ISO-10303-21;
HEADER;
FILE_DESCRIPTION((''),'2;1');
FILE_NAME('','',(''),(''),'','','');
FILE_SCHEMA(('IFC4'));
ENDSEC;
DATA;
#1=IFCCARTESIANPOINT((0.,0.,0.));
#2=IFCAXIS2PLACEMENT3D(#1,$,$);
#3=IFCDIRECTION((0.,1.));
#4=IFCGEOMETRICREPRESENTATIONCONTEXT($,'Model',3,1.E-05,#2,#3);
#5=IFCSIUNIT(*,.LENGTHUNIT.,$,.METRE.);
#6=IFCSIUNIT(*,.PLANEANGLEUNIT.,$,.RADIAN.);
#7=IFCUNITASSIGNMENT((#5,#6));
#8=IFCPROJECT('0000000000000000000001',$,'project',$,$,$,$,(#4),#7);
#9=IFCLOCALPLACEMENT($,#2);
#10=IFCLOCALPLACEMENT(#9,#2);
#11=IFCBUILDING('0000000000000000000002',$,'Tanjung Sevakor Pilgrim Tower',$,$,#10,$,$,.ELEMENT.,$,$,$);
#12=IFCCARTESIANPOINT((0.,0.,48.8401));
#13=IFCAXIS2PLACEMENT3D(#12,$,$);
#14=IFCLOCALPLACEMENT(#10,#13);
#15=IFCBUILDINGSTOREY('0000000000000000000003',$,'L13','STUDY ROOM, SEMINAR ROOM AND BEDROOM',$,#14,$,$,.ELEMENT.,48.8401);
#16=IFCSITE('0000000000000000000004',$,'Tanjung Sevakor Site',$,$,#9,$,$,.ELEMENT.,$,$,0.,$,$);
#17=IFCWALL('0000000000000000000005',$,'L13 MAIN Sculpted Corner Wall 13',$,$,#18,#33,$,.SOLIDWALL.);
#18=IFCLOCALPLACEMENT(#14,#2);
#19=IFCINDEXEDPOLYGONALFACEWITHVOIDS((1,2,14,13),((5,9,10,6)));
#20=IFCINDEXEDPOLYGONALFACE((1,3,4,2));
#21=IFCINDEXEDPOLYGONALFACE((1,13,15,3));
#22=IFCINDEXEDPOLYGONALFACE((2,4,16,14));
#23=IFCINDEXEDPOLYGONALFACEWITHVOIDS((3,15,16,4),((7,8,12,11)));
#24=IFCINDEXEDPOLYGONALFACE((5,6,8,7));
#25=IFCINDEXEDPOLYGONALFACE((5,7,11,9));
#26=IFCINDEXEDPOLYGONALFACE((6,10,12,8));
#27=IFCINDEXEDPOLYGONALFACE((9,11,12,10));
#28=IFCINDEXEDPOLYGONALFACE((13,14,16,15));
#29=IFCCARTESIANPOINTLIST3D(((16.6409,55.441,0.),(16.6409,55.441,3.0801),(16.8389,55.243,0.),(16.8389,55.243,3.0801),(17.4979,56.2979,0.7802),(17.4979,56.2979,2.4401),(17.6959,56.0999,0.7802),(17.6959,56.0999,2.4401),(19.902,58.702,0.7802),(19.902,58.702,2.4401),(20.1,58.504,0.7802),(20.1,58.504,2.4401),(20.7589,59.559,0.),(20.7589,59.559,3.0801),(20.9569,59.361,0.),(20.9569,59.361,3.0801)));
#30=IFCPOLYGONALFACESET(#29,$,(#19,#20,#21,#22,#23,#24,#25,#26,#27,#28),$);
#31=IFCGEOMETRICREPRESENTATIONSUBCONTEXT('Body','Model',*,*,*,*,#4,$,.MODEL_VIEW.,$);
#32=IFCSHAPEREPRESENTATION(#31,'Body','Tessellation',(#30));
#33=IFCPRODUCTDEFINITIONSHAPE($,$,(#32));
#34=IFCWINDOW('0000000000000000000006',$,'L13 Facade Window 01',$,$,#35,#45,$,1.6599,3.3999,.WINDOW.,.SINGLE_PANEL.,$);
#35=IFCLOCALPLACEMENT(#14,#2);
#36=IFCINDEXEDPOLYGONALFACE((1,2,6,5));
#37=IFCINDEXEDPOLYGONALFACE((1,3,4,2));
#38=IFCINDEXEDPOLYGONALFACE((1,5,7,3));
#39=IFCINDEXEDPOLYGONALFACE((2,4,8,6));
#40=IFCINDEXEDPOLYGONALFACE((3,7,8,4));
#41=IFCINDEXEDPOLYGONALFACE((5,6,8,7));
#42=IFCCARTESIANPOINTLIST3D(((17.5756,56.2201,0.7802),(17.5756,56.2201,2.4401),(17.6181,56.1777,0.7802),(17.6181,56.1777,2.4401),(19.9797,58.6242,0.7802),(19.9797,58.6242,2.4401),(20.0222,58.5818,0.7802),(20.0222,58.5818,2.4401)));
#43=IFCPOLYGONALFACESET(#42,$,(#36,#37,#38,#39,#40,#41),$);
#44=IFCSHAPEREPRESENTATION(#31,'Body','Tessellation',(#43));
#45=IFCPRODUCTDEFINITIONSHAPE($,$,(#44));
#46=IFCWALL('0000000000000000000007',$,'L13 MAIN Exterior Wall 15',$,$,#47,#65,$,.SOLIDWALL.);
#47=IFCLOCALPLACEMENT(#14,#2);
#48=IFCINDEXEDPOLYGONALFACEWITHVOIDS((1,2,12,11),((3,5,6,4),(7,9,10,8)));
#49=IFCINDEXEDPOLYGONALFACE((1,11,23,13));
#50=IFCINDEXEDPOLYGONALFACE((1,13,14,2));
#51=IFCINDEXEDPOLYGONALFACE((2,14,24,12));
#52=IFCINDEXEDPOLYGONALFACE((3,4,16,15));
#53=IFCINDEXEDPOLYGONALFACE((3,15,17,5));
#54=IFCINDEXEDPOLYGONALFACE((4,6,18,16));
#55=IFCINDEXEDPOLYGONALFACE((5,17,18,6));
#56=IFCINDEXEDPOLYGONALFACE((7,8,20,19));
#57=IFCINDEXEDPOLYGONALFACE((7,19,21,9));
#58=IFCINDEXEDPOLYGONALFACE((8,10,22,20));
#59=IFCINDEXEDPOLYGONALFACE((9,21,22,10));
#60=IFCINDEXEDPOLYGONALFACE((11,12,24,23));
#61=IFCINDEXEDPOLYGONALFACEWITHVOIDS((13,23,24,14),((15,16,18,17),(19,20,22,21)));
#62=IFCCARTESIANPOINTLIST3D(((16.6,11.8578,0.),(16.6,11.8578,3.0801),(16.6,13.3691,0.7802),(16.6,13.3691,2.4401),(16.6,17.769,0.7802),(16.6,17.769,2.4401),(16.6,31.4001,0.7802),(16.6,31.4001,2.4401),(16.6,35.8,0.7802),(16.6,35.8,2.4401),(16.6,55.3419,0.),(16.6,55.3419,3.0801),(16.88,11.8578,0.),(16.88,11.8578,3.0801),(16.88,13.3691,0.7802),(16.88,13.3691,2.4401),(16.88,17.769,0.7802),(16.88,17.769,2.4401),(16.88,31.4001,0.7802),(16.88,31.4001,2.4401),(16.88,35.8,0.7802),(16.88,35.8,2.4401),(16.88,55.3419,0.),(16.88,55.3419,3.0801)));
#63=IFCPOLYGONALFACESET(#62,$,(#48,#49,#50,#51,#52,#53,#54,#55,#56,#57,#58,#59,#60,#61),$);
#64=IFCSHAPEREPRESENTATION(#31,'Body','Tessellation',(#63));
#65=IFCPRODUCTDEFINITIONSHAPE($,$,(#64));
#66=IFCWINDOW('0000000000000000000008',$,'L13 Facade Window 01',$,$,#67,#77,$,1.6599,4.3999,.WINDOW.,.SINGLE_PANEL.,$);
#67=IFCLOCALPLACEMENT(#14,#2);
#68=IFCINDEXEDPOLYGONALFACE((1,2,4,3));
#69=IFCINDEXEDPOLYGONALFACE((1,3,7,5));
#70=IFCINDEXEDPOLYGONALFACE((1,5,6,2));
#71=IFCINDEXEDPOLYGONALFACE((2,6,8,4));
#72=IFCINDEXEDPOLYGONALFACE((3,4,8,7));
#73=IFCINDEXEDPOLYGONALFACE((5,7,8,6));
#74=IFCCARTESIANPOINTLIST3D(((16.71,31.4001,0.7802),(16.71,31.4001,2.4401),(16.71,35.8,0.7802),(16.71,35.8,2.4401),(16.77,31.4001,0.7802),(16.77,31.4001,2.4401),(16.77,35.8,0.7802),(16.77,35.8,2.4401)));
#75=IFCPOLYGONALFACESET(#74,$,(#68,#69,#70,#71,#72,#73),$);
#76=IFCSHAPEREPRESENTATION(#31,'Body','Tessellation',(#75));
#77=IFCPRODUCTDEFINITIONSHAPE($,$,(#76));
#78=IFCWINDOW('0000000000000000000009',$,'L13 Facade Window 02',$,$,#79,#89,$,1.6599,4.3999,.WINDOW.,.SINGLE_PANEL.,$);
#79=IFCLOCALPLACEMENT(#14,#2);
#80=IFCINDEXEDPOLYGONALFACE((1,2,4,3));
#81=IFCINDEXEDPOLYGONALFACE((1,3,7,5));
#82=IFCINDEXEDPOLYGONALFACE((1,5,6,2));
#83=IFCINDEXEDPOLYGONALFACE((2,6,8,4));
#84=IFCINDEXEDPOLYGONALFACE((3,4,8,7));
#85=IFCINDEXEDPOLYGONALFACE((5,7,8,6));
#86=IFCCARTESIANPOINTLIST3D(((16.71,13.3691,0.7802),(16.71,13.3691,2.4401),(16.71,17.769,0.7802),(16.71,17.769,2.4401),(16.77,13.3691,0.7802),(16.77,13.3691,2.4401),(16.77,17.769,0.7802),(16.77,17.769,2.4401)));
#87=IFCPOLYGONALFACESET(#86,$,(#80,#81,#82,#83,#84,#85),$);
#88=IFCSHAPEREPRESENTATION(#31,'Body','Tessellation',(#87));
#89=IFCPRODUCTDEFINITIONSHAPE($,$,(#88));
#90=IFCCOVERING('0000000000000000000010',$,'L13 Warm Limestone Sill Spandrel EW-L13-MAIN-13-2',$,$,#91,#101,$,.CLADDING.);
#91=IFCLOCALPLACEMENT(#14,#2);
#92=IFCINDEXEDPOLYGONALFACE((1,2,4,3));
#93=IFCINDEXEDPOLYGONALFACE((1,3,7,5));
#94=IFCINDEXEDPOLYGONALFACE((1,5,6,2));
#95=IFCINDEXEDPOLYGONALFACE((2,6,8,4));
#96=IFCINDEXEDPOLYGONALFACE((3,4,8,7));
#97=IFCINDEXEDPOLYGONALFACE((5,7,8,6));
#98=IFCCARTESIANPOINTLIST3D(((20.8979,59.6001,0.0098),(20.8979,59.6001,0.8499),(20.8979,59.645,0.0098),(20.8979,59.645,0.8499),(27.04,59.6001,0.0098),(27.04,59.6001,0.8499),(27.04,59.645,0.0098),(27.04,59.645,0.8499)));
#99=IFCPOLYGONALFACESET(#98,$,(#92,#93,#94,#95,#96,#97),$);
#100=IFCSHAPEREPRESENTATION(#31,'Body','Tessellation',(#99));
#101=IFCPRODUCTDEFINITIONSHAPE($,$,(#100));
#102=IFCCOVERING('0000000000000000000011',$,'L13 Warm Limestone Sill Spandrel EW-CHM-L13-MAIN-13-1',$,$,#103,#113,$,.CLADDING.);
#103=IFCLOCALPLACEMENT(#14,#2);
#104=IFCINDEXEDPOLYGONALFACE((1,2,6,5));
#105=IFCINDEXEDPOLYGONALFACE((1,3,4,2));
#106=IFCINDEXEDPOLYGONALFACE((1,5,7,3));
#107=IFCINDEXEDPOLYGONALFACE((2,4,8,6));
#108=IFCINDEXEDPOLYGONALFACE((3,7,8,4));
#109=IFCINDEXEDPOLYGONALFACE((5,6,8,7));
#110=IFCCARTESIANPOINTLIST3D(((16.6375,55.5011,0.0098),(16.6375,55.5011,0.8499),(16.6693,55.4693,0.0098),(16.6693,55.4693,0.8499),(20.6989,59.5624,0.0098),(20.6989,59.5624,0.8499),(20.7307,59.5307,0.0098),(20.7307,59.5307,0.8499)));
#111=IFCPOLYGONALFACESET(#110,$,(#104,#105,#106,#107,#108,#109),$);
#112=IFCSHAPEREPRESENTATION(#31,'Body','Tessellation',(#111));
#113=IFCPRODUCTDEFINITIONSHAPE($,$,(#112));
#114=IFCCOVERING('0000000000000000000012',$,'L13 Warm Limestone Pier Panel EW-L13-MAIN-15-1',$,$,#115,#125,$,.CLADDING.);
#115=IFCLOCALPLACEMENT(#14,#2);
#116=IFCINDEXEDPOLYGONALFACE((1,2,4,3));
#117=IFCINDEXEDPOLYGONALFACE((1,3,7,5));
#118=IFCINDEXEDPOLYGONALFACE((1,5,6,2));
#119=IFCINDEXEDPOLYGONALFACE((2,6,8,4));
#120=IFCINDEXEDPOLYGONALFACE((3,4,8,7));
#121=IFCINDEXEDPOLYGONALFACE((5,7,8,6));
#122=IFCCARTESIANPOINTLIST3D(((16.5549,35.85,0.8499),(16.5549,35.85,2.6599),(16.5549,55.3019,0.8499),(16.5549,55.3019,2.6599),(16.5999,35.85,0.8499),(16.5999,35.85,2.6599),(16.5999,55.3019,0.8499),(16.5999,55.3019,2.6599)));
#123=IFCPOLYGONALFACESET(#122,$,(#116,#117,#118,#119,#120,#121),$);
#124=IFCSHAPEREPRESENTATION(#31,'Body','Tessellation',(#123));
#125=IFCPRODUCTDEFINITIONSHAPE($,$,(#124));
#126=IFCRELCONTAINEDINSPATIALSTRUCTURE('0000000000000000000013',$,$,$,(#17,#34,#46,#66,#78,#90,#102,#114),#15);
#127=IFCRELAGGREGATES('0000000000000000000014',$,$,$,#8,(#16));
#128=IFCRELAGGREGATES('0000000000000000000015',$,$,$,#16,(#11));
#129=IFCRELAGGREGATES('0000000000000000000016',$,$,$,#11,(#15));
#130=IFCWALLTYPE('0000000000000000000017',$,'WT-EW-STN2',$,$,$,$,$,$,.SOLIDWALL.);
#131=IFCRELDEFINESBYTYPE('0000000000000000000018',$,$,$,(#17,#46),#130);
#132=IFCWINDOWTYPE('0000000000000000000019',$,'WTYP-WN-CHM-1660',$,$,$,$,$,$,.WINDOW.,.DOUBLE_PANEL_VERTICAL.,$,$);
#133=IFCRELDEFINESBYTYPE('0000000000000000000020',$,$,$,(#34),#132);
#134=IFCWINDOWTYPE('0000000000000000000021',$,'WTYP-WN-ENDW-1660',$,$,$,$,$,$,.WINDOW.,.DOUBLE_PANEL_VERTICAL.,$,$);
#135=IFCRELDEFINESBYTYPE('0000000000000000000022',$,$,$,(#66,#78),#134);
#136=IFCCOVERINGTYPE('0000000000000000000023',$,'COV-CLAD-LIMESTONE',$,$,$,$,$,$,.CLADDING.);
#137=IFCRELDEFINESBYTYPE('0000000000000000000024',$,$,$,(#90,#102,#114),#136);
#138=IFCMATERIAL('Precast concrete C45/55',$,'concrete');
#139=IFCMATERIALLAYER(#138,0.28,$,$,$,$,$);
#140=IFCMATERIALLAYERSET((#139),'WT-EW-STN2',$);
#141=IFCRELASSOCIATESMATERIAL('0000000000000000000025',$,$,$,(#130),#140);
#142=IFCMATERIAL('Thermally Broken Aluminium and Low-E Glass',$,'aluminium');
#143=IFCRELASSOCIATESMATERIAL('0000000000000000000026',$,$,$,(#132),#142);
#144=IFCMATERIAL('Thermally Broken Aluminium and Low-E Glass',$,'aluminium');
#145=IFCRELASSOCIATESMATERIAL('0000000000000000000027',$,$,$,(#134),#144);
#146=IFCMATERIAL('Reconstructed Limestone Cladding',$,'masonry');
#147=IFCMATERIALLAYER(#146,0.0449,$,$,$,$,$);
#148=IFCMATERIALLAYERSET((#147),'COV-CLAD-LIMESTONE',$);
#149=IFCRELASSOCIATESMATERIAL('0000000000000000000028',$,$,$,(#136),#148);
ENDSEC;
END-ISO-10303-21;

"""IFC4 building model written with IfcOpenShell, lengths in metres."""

from ifc_helpers import new_model, si_unit, direction, frame, frame_2d, origin, origin_2d, place, context, subcontext, project, spatial, rectangle, extrude, material, layer, layer_set, type_object, element, fill, save


model = new_model("IFC4")

# Units and contexts
model_context = context("Model", 3, precision=1e-05, world=origin(), true_north=direction((0.0, 1.0)))
body_context = subcontext(model_context, "Body", "Model", "MODEL_VIEW")
ifc_project = project(units=[si_unit("LENGTHUNIT", "METRE"), si_unit("PLANEANGLEUNIT", "RADIAN")], contexts=[model_context])

# Site, building, storey
site_placement = place(None, origin())
site = spatial("IfcSite", under=ifc_project, at=site_placement, Name="Tanjung Sevakor Site", CompositionType="ELEMENT", RefElevation=0.0)
building_placement = place(site_placement, origin())
building = spatial("IfcBuilding", under=site, at=building_placement, Name="Tanjung Sevakor Pilgrim Tower", CompositionType="ELEMENT")
storey_placement = place(building_placement, frame((0.0, 0.0, 48.8401)))
storey = spatial("IfcBuildingStorey", under=building, at=storey_placement, Name="L13", Description="STUDY ROOM, SEMINAR ROOM AND BEDROOM", CompositionType="ELEMENT", Elevation=48.8401)

# Wall, opening, window
ifc_material_1 = material(Name="Precast concrete C45/55", Category="concrete")
ifc_layer_1 = layer(ifc_material_1, 0.28)
ifc_layer_set_1 = layer_set([ifc_layer_1], Name="WT-EW-STN2")
wall_type_1 = type_object("IfcWallType", Name="WT-EW-STN2", PredefinedType="SOLIDWALL", material=ifc_layer_set_1)
wall_1_placement = place(storey_placement, frame((20.8579, 59.46, 0.0), z_axis=(0.0, 0.0, 1.0), x_axis=(-0.707107, -0.707107, 0.0)))
wall_1 = element("IfcWall", 1, at=wall_1_placement, inside=storey, type_object=wall_type_1, Name="L13 MAIN Sculpted Corner Wall 13", PredefinedType="SOLIDWALL", context=body_context, shape_type="SweptSolid", body=[
    extrude(rectangle(XDim=5.8237, YDim=0.28, at=frame_2d((2.9119, 0.0))), origin(), (0.0, 0.0, 1.0), 3.0801),
])
opening_1_placement = place(wall_1_placement, frame((1.2119, 0.0, 0.78)))
opening_1 = element("IfcOpeningElement", 2, at=opening_1_placement, cuts=wall_1, PredefinedType="OPENING", context=body_context, shape_type="SweptSolid", body=[
    extrude(rectangle(XDim=3.3999, YDim=1.6599, at=frame_2d((1.7, 0.8301))), frame((0.0, 0.1499, 0.0), z_axis=(0.0, -1.0, 0.0), x_axis=(1.0, 0.0, 0.0)), (0.0, 0.0, 1.0), 0.3),
])
ifc_material_2 = material(Name="Thermally Broken Aluminium and Low-E Glass", Category="aluminium")
window_type_1 = type_object("IfcWindowType", Name="WTYP-WN-CHM-1660", PartitioningType="DOUBLE_PANEL_VERTICAL", PredefinedType="WINDOW", material=ifc_material_2)
window_1_placement = place(opening_1_placement, origin())
window_1 = element("IfcWindow", 3, at=window_1_placement, inside=storey, type_object=window_type_1, Name="L13 Facade Window 01", OverallHeight=1.6599, OverallWidth=3.3999, PartitioningType="SINGLE_PANEL", PredefinedType="WINDOW", context=body_context, shape_type="SweptSolid", body=[
    extrude(rectangle(XDim=3.3999, YDim=1.6599, at=frame_2d((1.7, 0.8301))), frame((0.0, 0.03, 0.0), z_axis=(0.0, -1.0, 0.0), x_axis=(1.0, 0.0, 0.0)), (0.0, 0.0, 1.0), 0.0601),
])
fill(opening_1, window_1)

# Wall, openings, windows
wall_2_placement = place(storey_placement, frame((16.74, 55.342, 0.0), z_axis=(0.0, 0.0, 1.0), x_axis=(0.0, -1.0, 0.0)))
wall_2 = element("IfcWall", 4, at=wall_2_placement, inside=storey, type_object=wall_type_1, Name="L13 MAIN Exterior Wall 15", PredefinedType="SOLIDWALL", context=body_context, shape_type="SweptSolid", body=[
    extrude(rectangle(XDim=43.4841, YDim=0.28, at=frame_2d((21.7422, 0.0))), origin(), (0.0, 0.0, 1.0), 3.0801),
])
opening_2_placement = place(wall_2_placement, frame((19.542, 0.0, 0.78)))
opening_2 = element("IfcOpeningElement", 5, at=opening_2_placement, cuts=wall_2, PredefinedType="OPENING", context=body_context, shape_type="SweptSolid", body=[
    extrude(rectangle(XDim=4.3999, YDim=1.6599, at=frame_2d((2.2, 0.8301))), frame((0.0, 0.1499, 0.0), z_axis=(0.0, -1.0, 0.0), x_axis=(1.0, 0.0, 0.0)), (0.0, 0.0, 1.0), 0.3),
])
opening_3_placement = place(wall_2_placement, frame((37.573, 0.0, 0.78)))
opening_3 = element("IfcOpeningElement", 6, at=opening_3_placement, cuts=wall_2, PredefinedType="OPENING", context=body_context, shape_type="SweptSolid", body=[
    extrude(rectangle(XDim=4.3999, YDim=1.6599, at=frame_2d((2.2, 0.8301))), frame((0.0, 0.1499, 0.0), z_axis=(0.0, -1.0, 0.0), x_axis=(1.0, 0.0, 0.0)), (0.0, 0.0, 1.0), 0.3),
])
ifc_material_3 = material(Name="Thermally Broken Aluminium and Low-E Glass", Category="aluminium")
window_type_2 = type_object("IfcWindowType", Name="WTYP-WN-ENDW-1660", PartitioningType="DOUBLE_PANEL_VERTICAL", PredefinedType="WINDOW", material=ifc_material_3)
window_2_placement = place(opening_2_placement, origin())
window_2 = element("IfcWindow", 7, at=window_2_placement, inside=storey, type_object=window_type_2, Name="L13 Facade Window 01", OverallHeight=1.6599, OverallWidth=4.3999, PartitioningType="SINGLE_PANEL", PredefinedType="WINDOW", context=body_context, shape_type="SweptSolid", body=[
    extrude(rectangle(XDim=4.3999, YDim=1.6599, at=frame_2d((2.2, 0.8301))), frame((0.0, 0.03, 0.0), z_axis=(0.0, -1.0, 0.0), x_axis=(1.0, 0.0, 0.0)), (0.0, 0.0, 1.0), 0.0601),
])
fill(opening_2, window_2)
window_3_placement = place(opening_3_placement, origin())
window_3 = element("IfcWindow", 8, at=window_3_placement, inside=storey, type_object=window_type_2, Name="L13 Facade Window 02", OverallHeight=1.6599, OverallWidth=4.3999, PartitioningType="SINGLE_PANEL", PredefinedType="WINDOW", context=body_context, shape_type="SweptSolid", body=[
    extrude(rectangle(XDim=4.3999, YDim=1.6599, at=frame_2d((2.2, 0.8301))), frame((0.0, 0.03, 0.0), z_axis=(0.0, -1.0, 0.0), x_axis=(1.0, 0.0, 0.0)), (0.0, 0.0, 1.0), 0.0601),
])
fill(opening_3, window_3)

# Coverings
ifc_material_4 = material(Name="Reconstructed Limestone Cladding", Category="masonry")
ifc_layer_2 = layer(ifc_material_4, 0.0449)
ifc_layer_set_2 = layer_set([ifc_layer_2], Name="COV-CLAD-LIMESTONE")
covering_type = type_object("IfcCoveringType", Name="COV-CLAD-LIMESTONE", PredefinedType="CLADDING", material=ifc_layer_set_2)
covering_1_placement = place(storey_placement, frame((23.969, 59.6226, 0.0098), z_axis=(0.0, 0.0, 1.0), x_axis=(-1.0, 0.0, 0.0)))
element("IfcCovering", 9, at=covering_1_placement, inside=storey, type_object=covering_type, Name="L13 Warm Limestone Sill Spandrel EW-L13-MAIN-13-2", PredefinedType="CLADDING", context=body_context, shape_type="SweptSolid", body=[
    extrude(rectangle(XDim=6.1421, YDim=0.0449, at=origin_2d()), origin(), (0.0, 0.0, 1.0), 0.8401),
])
covering_2_placement = place(storey_placement, frame((18.6841, 57.5159, 0.0098), z_axis=(0.0, 0.0, 1.0), x_axis=(-0.707107, -0.707107, 0.0)))
element("IfcCovering", 10, at=covering_2_placement, inside=storey, type_object=covering_type, Name="L13 Warm Limestone Sill Spandrel EW-CHM-L13-MAIN-13-1", PredefinedType="CLADDING", context=body_context, shape_type="SweptSolid", body=[
    extrude(rectangle(XDim=5.7437, YDim=0.0449, at=origin_2d()), origin(), (0.0, 0.0, 1.0), 0.8401),
])
covering_3_placement = place(storey_placement, frame((16.5774, 45.5759, 0.8499), z_axis=(0.0, 0.0, 1.0), x_axis=(0.0, -1.0, 0.0)))
element("IfcCovering", 11, at=covering_3_placement, inside=storey, type_object=covering_type, Name="L13 Warm Limestone Pier Panel EW-L13-MAIN-15-1", PredefinedType="CLADDING", context=body_context, shape_type="SweptSolid", body=[
    extrude(rectangle(XDim=19.4519, YDim=0.0449, at=origin_2d()), origin(), (0.0, 0.0, 1.0), 1.8101),
])

save(model, "model.ifc")
